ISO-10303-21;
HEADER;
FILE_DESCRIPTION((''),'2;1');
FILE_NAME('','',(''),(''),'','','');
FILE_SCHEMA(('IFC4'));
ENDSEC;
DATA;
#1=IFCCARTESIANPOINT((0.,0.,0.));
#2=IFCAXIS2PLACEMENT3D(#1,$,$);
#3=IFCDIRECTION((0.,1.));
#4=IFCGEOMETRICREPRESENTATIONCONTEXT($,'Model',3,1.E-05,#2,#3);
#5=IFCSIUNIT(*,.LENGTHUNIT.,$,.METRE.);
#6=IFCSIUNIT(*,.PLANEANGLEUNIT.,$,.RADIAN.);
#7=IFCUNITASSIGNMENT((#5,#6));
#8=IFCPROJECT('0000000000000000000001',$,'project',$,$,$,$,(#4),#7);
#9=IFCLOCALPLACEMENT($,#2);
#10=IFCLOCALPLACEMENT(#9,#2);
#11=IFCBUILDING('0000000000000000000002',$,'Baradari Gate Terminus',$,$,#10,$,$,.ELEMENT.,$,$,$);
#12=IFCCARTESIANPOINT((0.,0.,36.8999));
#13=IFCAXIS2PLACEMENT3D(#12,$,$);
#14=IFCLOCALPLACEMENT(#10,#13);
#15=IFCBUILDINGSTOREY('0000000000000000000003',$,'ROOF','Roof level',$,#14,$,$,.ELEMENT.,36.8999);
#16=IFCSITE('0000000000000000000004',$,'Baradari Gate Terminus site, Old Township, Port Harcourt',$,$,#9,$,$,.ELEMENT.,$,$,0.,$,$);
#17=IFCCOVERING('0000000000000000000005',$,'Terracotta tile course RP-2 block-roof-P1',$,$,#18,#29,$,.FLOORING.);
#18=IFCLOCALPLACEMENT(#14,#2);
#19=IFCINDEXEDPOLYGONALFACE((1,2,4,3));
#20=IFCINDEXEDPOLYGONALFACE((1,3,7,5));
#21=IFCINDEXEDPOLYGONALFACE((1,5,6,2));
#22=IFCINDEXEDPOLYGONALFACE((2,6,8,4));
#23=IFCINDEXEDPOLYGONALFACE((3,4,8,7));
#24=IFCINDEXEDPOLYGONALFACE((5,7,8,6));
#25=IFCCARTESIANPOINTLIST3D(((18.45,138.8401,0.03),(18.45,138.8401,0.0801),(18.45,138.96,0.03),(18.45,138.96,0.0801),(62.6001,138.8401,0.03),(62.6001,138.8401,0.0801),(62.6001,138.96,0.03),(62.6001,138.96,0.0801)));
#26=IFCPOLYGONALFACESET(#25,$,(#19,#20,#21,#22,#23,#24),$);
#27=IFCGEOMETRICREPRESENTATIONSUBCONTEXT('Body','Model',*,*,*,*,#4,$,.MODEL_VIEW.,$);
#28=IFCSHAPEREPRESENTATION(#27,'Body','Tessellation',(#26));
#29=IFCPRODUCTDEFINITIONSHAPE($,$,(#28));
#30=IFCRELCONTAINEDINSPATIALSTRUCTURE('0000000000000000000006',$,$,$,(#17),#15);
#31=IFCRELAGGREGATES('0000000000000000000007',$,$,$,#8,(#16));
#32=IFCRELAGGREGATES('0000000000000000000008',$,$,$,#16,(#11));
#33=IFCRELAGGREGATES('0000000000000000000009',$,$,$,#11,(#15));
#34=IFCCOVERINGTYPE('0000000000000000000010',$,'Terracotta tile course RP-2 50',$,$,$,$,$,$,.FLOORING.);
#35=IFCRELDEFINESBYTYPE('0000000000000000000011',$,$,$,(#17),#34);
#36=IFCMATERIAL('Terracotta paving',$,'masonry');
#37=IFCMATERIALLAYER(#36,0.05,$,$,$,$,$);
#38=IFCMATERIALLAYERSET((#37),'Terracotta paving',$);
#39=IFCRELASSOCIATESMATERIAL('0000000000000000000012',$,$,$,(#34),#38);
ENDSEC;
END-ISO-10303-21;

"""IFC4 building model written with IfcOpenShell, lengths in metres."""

from ifc_helpers import new_model, si_unit, direction, frame, origin, place, context, subcontext, project, spatial, polyline, outline, extrude, material, layer, layer_set, type_object, element, save


model = new_model("IFC4")

# Units and contexts
model_context = context("Model", 3, precision=1e-05, world=origin(), true_north=direction((0.0, 1.0)))
body_context = subcontext(model_context, "Body", "Model", "MODEL_VIEW")
ifc_project = project(units=[si_unit("LENGTHUNIT", "METRE"), si_unit("PLANEANGLEUNIT", "RADIAN")], contexts=[model_context])

# Site, building, storey
site_placement = place(None, origin())
site = spatial("IfcSite", under=ifc_project, at=site_placement, Name="Baradari Gate Terminus site, Old Township, Port Harcourt", CompositionType="ELEMENT", RefElevation=0.0)
building_placement = place(site_placement, origin())
building = spatial("IfcBuilding", under=site, at=building_placement, Name="Baradari Gate Terminus", CompositionType="ELEMENT")
storey_placement = place(building_placement, frame((0.0, 0.0, 36.8999)))
storey = spatial("IfcBuildingStorey", under=building, at=storey_placement, Name="ROOF", Description="Roof level", CompositionType="ELEMENT", Elevation=36.8999)

# Covering
ifc_material_1 = material(Name="Terracotta paving", Category="masonry")
ifc_layer_1 = layer(ifc_material_1, 0.05)
ifc_layer_set_1 = layer_set([ifc_layer_1], Name="Terracotta paving")
covering_type_1 = type_object("IfcCoveringType", Name="Terracotta tile course RP-2 50", PredefinedType="FLOORING", material=ifc_layer_set_1)
covering_1_placement = place(storey_placement, frame((0.0, 0.0, 0.03)))
element("IfcCovering", 1, at=covering_1_placement, inside=storey, type_object=covering_type_1, Name="Terracotta tile course RP-2 block-roof-P1", PredefinedType="FLOORING", context=body_context, shape_type="SweptSolid", body=[
    extrude(outline(polyline([(62.6001, 138.8401), (62.6001, 138.96), (18.45, 138.96), (18.45, 138.8401), (62.6001, 138.8401)])), origin(), (0.0, 0.0, 1.0), 0.05),
])

save(model, "model.ifc")
